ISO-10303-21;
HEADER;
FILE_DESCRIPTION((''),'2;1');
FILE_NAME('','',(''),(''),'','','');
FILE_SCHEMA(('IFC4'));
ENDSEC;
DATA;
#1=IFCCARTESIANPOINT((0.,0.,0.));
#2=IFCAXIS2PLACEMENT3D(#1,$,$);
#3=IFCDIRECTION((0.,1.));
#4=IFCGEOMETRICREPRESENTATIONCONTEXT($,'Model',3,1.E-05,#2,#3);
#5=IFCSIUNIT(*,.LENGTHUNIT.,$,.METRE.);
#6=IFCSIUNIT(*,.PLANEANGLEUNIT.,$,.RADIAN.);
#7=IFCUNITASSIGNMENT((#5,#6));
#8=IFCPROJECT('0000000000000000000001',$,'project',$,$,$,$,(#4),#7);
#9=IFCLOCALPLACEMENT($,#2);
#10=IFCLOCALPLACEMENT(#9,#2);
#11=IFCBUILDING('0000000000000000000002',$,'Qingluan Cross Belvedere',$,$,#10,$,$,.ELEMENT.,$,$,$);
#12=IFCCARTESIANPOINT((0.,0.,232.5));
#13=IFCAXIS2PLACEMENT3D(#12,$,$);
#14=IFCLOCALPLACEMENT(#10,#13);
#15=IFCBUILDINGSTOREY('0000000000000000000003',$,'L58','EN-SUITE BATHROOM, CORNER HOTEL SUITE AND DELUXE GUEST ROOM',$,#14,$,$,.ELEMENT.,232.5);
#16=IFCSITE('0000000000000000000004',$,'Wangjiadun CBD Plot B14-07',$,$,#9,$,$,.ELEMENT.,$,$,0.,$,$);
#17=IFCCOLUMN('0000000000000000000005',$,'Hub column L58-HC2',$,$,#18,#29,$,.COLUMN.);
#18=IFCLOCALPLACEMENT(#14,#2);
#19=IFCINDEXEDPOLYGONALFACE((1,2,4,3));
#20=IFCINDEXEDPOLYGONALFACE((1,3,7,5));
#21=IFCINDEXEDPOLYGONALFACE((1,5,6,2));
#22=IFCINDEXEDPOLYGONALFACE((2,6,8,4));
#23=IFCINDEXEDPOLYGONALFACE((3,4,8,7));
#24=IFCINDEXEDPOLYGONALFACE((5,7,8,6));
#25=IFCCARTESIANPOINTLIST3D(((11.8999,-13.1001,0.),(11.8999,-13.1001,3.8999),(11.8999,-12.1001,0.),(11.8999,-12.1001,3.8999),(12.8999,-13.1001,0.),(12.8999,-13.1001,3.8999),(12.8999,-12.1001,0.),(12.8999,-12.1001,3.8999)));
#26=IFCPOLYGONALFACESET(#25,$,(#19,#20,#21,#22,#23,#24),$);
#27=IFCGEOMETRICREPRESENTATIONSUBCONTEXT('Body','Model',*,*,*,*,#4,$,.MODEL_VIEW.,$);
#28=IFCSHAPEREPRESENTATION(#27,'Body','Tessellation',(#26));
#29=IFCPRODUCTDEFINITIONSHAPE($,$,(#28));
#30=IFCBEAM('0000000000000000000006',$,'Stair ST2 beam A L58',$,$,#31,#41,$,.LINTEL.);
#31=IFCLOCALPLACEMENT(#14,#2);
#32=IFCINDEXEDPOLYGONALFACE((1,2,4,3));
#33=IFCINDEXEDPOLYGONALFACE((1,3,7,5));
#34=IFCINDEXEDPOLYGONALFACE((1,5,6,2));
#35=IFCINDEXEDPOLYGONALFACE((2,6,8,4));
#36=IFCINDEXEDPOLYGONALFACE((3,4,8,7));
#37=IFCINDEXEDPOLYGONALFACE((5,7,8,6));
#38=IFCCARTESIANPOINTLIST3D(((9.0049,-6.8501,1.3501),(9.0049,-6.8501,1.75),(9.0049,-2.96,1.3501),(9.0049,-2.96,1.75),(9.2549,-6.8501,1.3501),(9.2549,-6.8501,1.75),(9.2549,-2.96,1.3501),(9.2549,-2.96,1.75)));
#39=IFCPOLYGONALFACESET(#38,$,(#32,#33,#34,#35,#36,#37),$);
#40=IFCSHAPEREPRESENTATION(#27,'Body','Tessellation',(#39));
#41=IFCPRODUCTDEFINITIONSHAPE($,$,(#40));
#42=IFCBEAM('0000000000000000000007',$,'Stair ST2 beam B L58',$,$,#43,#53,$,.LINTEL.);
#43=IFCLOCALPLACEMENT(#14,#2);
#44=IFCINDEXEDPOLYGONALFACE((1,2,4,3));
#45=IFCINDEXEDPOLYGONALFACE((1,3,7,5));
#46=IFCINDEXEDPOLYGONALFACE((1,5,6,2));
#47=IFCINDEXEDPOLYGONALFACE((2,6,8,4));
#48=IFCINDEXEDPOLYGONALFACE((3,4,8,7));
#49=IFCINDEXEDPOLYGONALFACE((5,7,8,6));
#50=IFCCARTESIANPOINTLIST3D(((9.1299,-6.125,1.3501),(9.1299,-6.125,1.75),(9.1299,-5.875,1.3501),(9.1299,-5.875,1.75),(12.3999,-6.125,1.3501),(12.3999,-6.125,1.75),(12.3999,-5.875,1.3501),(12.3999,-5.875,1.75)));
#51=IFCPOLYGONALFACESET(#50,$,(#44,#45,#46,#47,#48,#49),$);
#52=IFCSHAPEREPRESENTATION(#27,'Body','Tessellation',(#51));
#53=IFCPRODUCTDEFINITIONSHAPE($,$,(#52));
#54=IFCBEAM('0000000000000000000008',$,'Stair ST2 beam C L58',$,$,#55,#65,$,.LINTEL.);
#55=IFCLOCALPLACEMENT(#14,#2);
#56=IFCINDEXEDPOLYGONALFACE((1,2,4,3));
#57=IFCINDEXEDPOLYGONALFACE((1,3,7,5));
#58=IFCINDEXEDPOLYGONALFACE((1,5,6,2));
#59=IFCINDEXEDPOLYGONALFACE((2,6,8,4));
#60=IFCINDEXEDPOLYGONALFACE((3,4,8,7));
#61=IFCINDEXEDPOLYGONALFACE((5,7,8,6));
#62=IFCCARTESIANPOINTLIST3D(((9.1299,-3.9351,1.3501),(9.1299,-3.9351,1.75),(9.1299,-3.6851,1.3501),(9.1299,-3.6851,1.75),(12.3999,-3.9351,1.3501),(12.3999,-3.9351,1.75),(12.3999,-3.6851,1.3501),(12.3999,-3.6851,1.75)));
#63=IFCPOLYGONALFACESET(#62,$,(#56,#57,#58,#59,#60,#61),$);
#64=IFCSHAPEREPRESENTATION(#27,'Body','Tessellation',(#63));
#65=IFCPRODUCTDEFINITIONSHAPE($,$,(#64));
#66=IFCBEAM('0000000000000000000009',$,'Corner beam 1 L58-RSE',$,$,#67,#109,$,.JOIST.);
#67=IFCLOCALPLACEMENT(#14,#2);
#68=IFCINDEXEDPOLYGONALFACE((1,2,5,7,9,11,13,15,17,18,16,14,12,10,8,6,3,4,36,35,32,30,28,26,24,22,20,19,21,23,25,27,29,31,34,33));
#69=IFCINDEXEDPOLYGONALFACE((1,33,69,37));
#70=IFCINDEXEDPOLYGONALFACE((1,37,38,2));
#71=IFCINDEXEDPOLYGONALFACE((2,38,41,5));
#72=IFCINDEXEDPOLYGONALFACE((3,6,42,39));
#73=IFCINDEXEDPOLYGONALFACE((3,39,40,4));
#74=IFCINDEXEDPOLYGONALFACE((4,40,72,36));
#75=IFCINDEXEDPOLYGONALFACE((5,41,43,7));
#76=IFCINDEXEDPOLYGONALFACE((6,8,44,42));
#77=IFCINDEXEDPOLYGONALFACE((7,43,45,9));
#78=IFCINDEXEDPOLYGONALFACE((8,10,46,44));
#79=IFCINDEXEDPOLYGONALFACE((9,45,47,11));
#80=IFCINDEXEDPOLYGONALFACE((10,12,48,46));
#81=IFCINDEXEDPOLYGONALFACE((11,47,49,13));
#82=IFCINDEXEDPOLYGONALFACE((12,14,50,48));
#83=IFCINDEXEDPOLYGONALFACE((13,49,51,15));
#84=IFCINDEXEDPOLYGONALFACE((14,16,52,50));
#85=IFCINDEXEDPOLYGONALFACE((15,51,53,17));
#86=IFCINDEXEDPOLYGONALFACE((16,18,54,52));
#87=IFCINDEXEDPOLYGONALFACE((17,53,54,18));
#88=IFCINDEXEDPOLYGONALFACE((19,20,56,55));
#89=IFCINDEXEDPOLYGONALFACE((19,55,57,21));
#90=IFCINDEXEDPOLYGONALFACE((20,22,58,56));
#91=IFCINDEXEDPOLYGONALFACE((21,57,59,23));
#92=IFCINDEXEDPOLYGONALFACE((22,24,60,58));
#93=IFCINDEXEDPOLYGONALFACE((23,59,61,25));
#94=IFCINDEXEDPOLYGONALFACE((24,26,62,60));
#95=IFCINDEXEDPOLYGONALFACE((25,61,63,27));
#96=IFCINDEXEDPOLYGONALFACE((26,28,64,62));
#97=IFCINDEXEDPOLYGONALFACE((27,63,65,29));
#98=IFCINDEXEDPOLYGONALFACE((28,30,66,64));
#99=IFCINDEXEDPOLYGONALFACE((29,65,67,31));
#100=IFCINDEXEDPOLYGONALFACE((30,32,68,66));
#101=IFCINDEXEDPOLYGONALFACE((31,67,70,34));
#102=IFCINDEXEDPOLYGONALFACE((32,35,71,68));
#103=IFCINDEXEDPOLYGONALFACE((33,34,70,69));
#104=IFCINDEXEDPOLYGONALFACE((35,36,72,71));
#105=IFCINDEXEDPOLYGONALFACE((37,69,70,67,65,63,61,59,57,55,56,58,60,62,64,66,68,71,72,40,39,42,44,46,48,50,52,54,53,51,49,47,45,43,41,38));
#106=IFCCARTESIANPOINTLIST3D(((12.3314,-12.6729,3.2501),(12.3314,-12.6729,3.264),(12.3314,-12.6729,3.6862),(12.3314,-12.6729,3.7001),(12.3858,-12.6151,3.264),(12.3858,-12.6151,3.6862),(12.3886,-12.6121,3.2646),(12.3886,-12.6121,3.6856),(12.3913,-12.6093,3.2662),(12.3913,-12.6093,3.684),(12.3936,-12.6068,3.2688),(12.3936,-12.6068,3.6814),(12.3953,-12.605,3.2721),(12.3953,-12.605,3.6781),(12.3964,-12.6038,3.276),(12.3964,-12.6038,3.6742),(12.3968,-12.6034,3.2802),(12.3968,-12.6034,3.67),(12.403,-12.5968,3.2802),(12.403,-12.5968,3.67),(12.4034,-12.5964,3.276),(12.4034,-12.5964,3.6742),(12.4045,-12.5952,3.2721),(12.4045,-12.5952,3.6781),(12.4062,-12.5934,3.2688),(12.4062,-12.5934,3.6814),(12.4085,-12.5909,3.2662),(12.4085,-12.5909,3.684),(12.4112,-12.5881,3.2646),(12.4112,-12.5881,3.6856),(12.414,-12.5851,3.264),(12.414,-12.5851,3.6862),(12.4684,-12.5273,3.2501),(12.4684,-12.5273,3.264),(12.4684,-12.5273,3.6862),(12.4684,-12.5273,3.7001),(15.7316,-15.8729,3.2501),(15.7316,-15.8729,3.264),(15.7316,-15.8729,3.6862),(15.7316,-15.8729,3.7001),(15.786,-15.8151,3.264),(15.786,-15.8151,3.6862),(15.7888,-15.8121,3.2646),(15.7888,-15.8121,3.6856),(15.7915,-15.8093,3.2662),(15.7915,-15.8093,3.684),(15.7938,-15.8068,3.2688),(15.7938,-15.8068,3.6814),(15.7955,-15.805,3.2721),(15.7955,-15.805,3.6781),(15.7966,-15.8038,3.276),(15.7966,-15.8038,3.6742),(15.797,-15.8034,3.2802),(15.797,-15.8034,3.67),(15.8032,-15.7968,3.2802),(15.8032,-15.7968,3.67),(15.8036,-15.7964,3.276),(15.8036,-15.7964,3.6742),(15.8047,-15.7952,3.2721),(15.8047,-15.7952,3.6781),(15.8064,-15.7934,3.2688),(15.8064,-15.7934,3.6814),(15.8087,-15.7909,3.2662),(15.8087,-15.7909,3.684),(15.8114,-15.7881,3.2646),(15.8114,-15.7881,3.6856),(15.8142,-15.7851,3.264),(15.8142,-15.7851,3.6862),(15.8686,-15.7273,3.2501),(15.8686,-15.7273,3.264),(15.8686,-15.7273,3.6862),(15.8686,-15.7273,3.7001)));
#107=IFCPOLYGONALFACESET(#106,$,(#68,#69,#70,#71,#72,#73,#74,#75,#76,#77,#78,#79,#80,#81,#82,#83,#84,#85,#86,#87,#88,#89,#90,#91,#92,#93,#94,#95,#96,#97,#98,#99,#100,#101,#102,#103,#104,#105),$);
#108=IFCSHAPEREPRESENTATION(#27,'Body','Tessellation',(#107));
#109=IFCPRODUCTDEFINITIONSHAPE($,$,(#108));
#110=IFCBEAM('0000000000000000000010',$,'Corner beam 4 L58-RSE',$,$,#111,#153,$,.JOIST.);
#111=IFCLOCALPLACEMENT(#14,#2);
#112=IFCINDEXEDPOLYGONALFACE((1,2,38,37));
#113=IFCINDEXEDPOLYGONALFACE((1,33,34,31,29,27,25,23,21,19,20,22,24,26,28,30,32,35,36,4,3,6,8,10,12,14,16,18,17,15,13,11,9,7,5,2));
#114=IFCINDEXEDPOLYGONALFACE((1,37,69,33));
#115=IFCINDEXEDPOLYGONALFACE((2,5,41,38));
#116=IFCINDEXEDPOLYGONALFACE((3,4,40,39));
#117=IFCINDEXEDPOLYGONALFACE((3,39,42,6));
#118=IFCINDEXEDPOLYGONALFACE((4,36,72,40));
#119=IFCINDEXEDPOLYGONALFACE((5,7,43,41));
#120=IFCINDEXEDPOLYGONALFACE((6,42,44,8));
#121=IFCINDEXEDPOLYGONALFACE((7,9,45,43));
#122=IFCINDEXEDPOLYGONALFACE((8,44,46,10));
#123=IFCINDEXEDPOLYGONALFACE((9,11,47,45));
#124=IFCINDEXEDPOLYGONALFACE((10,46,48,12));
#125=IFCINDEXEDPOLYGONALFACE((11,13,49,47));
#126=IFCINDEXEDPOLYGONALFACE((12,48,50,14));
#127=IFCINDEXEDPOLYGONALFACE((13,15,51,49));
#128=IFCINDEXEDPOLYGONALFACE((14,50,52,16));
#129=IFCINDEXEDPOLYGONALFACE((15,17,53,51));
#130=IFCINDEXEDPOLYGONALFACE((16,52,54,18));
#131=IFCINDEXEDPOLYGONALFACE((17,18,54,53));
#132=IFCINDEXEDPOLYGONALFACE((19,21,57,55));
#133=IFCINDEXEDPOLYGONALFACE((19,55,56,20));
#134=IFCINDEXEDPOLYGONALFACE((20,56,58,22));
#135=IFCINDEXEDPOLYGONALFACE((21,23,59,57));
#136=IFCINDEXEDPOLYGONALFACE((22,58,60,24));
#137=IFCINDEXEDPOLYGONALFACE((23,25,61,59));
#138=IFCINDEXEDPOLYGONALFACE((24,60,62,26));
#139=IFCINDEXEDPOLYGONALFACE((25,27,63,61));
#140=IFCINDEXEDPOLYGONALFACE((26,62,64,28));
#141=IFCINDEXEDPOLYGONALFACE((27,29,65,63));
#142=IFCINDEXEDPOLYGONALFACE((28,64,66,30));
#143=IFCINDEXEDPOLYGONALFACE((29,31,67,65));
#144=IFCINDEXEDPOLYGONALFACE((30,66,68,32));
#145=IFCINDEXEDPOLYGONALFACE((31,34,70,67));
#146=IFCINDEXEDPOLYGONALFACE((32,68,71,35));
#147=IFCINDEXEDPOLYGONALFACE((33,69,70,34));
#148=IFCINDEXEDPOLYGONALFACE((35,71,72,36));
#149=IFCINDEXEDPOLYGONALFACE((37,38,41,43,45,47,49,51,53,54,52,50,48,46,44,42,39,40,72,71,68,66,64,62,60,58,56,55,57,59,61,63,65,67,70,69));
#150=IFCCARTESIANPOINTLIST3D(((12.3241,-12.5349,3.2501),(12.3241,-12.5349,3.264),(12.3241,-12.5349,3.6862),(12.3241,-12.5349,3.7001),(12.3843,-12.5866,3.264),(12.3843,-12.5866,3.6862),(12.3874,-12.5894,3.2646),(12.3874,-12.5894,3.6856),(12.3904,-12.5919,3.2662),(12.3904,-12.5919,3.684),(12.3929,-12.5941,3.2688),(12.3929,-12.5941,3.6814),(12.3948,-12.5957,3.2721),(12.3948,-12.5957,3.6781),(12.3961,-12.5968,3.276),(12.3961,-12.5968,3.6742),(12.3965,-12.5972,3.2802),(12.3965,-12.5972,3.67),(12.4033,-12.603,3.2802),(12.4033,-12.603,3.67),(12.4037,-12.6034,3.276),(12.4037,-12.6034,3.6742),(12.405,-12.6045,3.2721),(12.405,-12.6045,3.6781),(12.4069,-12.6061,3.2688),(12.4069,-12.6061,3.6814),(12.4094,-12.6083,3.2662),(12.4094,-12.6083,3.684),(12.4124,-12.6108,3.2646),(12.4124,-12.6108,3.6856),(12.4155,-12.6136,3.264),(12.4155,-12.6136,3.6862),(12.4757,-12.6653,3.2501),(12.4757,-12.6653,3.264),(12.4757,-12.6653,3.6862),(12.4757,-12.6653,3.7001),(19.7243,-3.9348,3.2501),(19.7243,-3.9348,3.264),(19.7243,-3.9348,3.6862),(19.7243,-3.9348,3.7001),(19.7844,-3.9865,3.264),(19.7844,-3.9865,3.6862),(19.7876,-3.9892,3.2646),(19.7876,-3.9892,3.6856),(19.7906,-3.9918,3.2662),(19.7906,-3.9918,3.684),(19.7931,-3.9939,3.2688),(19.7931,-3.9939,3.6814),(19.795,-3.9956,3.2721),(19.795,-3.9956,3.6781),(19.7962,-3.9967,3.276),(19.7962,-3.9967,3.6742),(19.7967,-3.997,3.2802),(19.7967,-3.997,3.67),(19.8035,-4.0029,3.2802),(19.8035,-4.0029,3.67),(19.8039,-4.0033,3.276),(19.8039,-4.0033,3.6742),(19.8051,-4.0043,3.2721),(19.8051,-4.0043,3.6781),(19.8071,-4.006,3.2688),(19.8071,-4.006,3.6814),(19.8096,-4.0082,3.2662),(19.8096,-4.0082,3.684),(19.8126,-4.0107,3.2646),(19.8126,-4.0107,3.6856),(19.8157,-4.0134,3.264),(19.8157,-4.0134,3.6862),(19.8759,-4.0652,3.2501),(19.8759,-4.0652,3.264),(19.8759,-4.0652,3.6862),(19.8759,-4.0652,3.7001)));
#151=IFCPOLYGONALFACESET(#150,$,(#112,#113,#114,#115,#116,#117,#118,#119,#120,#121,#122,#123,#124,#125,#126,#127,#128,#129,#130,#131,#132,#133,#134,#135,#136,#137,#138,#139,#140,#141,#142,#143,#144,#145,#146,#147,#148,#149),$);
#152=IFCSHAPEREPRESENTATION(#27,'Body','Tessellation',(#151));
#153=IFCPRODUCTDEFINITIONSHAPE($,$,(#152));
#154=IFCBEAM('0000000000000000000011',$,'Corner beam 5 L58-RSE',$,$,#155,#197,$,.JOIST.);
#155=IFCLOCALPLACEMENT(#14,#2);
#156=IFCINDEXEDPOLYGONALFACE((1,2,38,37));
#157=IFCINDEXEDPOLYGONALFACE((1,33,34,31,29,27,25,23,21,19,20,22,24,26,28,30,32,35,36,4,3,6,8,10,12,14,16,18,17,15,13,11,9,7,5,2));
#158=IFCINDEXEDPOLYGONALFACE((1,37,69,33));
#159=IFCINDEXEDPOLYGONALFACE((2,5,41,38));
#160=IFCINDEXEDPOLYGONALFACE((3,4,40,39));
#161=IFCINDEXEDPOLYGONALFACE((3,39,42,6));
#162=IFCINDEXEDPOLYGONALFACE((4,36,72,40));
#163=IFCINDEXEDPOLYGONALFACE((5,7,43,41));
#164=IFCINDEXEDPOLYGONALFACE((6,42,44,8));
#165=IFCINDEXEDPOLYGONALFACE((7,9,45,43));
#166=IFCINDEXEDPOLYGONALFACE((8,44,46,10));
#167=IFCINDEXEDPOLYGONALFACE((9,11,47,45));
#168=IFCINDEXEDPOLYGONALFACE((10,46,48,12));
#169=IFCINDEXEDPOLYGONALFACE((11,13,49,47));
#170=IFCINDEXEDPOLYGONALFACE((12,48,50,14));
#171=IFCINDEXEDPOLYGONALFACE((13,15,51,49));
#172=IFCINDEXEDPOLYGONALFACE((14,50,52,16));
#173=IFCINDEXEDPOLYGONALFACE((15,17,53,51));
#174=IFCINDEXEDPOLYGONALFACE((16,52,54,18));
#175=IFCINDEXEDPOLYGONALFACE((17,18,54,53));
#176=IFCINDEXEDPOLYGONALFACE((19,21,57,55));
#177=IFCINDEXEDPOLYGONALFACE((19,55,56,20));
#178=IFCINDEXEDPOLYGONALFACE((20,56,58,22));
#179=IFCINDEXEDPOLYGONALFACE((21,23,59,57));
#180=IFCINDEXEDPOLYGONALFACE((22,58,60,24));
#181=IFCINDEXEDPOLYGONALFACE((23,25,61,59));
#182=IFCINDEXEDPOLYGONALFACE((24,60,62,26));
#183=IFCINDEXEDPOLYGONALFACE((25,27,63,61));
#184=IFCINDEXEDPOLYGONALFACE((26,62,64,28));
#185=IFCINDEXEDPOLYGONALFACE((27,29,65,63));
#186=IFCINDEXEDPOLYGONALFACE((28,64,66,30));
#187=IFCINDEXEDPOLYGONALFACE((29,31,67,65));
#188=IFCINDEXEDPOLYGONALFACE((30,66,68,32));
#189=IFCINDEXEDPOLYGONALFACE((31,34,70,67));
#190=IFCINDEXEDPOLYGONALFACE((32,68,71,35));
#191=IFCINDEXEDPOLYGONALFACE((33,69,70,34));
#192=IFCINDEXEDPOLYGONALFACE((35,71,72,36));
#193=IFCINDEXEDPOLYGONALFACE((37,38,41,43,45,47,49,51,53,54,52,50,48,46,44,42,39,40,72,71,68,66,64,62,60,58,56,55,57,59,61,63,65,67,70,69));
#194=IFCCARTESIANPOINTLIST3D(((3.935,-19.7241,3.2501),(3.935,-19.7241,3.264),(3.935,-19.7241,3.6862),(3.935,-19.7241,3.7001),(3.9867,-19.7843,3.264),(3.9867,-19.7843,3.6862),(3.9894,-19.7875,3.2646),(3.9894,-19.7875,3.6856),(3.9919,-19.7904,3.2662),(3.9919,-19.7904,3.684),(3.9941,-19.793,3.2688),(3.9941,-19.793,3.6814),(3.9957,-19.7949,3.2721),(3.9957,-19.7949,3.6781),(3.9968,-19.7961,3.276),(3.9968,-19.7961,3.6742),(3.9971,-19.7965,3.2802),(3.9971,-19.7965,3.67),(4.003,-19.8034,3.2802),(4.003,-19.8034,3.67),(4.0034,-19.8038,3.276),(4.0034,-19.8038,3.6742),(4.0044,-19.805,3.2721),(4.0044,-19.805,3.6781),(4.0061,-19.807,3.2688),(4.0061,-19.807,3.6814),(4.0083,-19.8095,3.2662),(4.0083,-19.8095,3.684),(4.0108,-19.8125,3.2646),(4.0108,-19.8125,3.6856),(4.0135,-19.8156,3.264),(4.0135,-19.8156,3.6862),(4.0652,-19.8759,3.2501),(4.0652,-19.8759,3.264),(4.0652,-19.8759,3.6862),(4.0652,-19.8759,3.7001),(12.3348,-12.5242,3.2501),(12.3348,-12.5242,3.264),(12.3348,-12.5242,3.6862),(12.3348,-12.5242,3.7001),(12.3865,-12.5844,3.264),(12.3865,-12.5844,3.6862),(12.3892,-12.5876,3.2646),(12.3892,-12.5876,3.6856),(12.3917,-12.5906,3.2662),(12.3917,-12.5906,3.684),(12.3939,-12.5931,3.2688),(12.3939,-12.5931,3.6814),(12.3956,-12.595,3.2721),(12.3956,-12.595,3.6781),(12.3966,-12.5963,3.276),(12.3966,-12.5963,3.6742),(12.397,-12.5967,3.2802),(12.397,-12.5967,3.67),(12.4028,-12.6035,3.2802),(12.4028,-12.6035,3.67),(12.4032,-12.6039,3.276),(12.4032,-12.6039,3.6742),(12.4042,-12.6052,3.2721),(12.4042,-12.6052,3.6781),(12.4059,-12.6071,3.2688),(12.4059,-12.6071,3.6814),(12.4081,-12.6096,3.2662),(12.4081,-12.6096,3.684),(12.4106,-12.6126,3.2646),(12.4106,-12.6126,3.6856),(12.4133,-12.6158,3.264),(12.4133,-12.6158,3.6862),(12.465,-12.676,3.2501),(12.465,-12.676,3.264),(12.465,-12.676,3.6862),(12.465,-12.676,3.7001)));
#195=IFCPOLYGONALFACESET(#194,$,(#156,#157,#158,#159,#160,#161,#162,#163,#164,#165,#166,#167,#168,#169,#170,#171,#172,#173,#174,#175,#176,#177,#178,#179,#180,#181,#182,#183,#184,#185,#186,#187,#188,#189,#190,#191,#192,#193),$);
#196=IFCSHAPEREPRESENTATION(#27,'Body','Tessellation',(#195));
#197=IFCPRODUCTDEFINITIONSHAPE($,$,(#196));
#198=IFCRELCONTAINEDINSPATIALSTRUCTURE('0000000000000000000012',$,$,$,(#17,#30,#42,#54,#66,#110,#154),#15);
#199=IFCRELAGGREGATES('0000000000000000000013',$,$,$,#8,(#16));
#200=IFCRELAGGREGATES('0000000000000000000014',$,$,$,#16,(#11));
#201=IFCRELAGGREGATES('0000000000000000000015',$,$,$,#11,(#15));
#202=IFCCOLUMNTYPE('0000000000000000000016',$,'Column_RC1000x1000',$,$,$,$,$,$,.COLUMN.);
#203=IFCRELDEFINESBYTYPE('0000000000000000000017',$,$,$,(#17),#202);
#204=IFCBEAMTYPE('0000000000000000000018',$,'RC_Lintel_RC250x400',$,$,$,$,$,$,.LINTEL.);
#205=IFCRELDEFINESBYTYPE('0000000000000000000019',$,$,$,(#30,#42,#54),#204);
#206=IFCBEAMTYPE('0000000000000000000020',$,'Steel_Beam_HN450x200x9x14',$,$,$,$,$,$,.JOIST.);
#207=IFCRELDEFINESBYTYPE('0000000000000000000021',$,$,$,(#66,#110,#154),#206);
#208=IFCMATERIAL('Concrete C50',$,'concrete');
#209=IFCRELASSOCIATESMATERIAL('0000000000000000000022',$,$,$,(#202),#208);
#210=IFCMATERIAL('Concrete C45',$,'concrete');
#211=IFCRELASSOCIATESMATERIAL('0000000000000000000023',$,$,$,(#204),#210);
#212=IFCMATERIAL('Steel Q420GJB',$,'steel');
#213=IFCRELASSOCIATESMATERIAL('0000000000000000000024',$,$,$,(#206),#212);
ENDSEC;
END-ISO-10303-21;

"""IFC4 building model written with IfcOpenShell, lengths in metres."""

from ifc_helpers import new_model, si_unit, direction, frame, origin, origin_2d, place, context, subcontext, project, spatial, rectangle, i_section, extrude, material, material_profile, profile_set, type_object, element, save


model = new_model("IFC4")

# Units and contexts
model_context = context("Model", 3, precision=1e-05, world=origin(), true_north=direction((0.0, 1.0)))
body_context = subcontext(model_context, "Body", "Model", "MODEL_VIEW")
ifc_project = project(units=[si_unit("LENGTHUNIT", "METRE"), si_unit("PLANEANGLEUNIT", "RADIAN")], contexts=[model_context])

# Site, building, storey
site_placement = place(None, origin())
site = spatial("IfcSite", under=ifc_project, at=site_placement, Name="Wangjiadun CBD Plot B14-07", CompositionType="ELEMENT", RefElevation=0.0)
building_placement = place(site_placement, origin())
building = spatial("IfcBuilding", under=site, at=building_placement, Name="Qingluan Cross Belvedere", CompositionType="ELEMENT")
storey_placement = place(building_placement, frame((0.0, 0.0, 232.5)))
storey = spatial("IfcBuildingStorey", under=building, at=storey_placement, Name="L58", Description="EN-SUITE BATHROOM, CORNER HOTEL SUITE AND DELUXE GUEST ROOM", CompositionType="ELEMENT", Elevation=232.5)

# Column
ifc_material_1 = material(Name="Concrete C50", Category="concrete")
ifc_material_profile_1 = material_profile(ifc_material_1, rectangle(XDim=1.0, YDim=1.0, at=origin_2d()), Name="RC1000x1000")
ifc_profile_set_1 = profile_set([ifc_material_profile_1], Name="Concrete C50")
column_type = type_object("IfcColumnType", Name="Column_RC1000x1000", PredefinedType="COLUMN", material=ifc_profile_set_1)
column_placement = place(storey_placement, frame((12.3999, -12.6001, 0.0), z_axis=(0.0, 0.0, 1.0), x_axis=(1.0, 0.0, 0.0)))
element("IfcColumn", 1, at=column_placement, inside=storey, type_object=column_type, Name="Hub column L58-HC2", PredefinedType="COLUMN", context=body_context, shape_type="SweptSolid", body=[
    extrude(rectangle(XDim=1.0, YDim=1.0, at=origin_2d()), origin(), (0.0, 0.0, 1.0), 3.8999),
])

# Beams
ifc_material_2 = material(Name="Concrete C45", Category="concrete")
ifc_material_profile_2 = material_profile(ifc_material_2, rectangle(XDim=0.25, YDim=0.3999, at=origin_2d()), Name="RC250x400")
ifc_profile_set_2 = profile_set([ifc_material_profile_2], Name="Concrete C45")
beam_type_1 = type_object("IfcBeamType", Name="RC_Lintel_RC250x400", PredefinedType="LINTEL", material=ifc_profile_set_2)
beam_1_placement = place(storey_placement, frame((9.1299, -6.8501, 1.55), z_axis=(0.0, 1.0, 0.0), x_axis=(-1.0, 0.0, 0.0)))
element("IfcBeam", 2, at=beam_1_placement, inside=storey, type_object=beam_type_1, Name="Stair ST2 beam A L58", PredefinedType="LINTEL", context=body_context, shape_type="SweptSolid", body=[
    extrude(rectangle(XDim=0.25, YDim=0.3999, at=origin_2d()), origin(), (0.0, 0.0, 1.0), 3.8901),
])
for number, where, z_axis, x_axis, name in (
    (3, (12.3999, -6.0, 1.55), (-1.0, 0.0, 0.0), (0.0, -1.0, 0.0), "Stair ST2 beam B L58"),
    (4, (12.3999, -3.8101, 1.55), (-1.0, 0.0, 0.0), (0.0, -1.0, 0.0), "Stair ST2 beam C L58"),
):
    element("IfcBeam", number, at=place(storey_placement, frame(where, z_axis=z_axis, x_axis=x_axis)), inside=storey, type_object=beam_type_1, Name=name, PredefinedType="LINTEL", context=body_context, shape_type="SweptSolid", body=[
        extrude(rectangle(XDim=0.25, YDim=0.3999, at=origin_2d()), origin(), (0.0, 0.0, 1.0), 3.27),
    ])
ifc_material_3 = material(Name="Steel Q420GJB", Category="steel")
ifc_material_profile_3 = material_profile(ifc_material_3, i_section(OverallWidth=0.2, OverallDepth=0.45, WebThickness=0.009, FlangeThickness=0.0139, FilletRadius=0.0161, at=origin_2d()), Name="HN450x200x9x14")
ifc_profile_set_3 = profile_set([ifc_material_profile_3], Name="Steel Q420GJB")
beam_type_2 = type_object("IfcBeamType", Name="Steel_Beam_HN450x200x9x14", PredefinedType="JOIST", material=ifc_profile_set_3)
beam_2_placement = place(storey_placement, frame((12.3999, -12.6001, 3.4751), z_axis=(0.72822, -0.685343, 0.0), x_axis=(0.685343, 0.72822, 0.0)))
element("IfcBeam", 5, at=beam_2_placement, inside=storey, type_object=beam_type_2, Name="Corner beam 1 L58-RSE", PredefinedType="JOIST", context=body_context, shape_type="SweptSolid", body=[
    extrude(i_section(OverallWidth=0.2, OverallDepth=0.45, WebThickness=0.009, FlangeThickness=0.0139, FilletRadius=0.0161, at=origin_2d()), origin(), (0.0, 0.0, 1.0), 4.6692),
])
beam_3_placement = place(storey_placement, frame((12.3999, -12.6001, 3.4751), z_axis=(0.652245, 0.758008, 0.0), x_axis=(-0.758008, 0.652245, 0.0)))
element("IfcBeam", 6, at=beam_3_placement, inside=storey, type_object=beam_type_2, Name="Corner beam 4 L58-RSE", PredefinedType="JOIST", context=body_context, shape_type="SweptSolid", body=[
    extrude(i_section(OverallWidth=0.2, OverallDepth=0.45, WebThickness=0.009, FlangeThickness=0.0139, FilletRadius=0.0161, at=origin_2d()), origin(), (0.0, 0.0, 1.0), 11.3457),
])
beam_4_placement = place(storey_placement, frame((12.3999, -12.6001, 3.4751), z_axis=(-0.759255, -0.650793, 0.0), x_axis=(0.650793, -0.759255, 0.0)))
element("IfcBeam", 7, at=beam_4_placement, inside=storey, type_object=beam_type_2, Name="Corner beam 5 L58-RSE", PredefinedType="JOIST", context=body_context, shape_type="SweptSolid", body=[
    extrude(i_section(OverallWidth=0.2, OverallDepth=0.45, WebThickness=0.009, FlangeThickness=0.0139, FilletRadius=0.0161, at=origin_2d()), origin(), (0.0, 0.0, 1.0), 11.0632),
])

save(model, "model.ifc")
